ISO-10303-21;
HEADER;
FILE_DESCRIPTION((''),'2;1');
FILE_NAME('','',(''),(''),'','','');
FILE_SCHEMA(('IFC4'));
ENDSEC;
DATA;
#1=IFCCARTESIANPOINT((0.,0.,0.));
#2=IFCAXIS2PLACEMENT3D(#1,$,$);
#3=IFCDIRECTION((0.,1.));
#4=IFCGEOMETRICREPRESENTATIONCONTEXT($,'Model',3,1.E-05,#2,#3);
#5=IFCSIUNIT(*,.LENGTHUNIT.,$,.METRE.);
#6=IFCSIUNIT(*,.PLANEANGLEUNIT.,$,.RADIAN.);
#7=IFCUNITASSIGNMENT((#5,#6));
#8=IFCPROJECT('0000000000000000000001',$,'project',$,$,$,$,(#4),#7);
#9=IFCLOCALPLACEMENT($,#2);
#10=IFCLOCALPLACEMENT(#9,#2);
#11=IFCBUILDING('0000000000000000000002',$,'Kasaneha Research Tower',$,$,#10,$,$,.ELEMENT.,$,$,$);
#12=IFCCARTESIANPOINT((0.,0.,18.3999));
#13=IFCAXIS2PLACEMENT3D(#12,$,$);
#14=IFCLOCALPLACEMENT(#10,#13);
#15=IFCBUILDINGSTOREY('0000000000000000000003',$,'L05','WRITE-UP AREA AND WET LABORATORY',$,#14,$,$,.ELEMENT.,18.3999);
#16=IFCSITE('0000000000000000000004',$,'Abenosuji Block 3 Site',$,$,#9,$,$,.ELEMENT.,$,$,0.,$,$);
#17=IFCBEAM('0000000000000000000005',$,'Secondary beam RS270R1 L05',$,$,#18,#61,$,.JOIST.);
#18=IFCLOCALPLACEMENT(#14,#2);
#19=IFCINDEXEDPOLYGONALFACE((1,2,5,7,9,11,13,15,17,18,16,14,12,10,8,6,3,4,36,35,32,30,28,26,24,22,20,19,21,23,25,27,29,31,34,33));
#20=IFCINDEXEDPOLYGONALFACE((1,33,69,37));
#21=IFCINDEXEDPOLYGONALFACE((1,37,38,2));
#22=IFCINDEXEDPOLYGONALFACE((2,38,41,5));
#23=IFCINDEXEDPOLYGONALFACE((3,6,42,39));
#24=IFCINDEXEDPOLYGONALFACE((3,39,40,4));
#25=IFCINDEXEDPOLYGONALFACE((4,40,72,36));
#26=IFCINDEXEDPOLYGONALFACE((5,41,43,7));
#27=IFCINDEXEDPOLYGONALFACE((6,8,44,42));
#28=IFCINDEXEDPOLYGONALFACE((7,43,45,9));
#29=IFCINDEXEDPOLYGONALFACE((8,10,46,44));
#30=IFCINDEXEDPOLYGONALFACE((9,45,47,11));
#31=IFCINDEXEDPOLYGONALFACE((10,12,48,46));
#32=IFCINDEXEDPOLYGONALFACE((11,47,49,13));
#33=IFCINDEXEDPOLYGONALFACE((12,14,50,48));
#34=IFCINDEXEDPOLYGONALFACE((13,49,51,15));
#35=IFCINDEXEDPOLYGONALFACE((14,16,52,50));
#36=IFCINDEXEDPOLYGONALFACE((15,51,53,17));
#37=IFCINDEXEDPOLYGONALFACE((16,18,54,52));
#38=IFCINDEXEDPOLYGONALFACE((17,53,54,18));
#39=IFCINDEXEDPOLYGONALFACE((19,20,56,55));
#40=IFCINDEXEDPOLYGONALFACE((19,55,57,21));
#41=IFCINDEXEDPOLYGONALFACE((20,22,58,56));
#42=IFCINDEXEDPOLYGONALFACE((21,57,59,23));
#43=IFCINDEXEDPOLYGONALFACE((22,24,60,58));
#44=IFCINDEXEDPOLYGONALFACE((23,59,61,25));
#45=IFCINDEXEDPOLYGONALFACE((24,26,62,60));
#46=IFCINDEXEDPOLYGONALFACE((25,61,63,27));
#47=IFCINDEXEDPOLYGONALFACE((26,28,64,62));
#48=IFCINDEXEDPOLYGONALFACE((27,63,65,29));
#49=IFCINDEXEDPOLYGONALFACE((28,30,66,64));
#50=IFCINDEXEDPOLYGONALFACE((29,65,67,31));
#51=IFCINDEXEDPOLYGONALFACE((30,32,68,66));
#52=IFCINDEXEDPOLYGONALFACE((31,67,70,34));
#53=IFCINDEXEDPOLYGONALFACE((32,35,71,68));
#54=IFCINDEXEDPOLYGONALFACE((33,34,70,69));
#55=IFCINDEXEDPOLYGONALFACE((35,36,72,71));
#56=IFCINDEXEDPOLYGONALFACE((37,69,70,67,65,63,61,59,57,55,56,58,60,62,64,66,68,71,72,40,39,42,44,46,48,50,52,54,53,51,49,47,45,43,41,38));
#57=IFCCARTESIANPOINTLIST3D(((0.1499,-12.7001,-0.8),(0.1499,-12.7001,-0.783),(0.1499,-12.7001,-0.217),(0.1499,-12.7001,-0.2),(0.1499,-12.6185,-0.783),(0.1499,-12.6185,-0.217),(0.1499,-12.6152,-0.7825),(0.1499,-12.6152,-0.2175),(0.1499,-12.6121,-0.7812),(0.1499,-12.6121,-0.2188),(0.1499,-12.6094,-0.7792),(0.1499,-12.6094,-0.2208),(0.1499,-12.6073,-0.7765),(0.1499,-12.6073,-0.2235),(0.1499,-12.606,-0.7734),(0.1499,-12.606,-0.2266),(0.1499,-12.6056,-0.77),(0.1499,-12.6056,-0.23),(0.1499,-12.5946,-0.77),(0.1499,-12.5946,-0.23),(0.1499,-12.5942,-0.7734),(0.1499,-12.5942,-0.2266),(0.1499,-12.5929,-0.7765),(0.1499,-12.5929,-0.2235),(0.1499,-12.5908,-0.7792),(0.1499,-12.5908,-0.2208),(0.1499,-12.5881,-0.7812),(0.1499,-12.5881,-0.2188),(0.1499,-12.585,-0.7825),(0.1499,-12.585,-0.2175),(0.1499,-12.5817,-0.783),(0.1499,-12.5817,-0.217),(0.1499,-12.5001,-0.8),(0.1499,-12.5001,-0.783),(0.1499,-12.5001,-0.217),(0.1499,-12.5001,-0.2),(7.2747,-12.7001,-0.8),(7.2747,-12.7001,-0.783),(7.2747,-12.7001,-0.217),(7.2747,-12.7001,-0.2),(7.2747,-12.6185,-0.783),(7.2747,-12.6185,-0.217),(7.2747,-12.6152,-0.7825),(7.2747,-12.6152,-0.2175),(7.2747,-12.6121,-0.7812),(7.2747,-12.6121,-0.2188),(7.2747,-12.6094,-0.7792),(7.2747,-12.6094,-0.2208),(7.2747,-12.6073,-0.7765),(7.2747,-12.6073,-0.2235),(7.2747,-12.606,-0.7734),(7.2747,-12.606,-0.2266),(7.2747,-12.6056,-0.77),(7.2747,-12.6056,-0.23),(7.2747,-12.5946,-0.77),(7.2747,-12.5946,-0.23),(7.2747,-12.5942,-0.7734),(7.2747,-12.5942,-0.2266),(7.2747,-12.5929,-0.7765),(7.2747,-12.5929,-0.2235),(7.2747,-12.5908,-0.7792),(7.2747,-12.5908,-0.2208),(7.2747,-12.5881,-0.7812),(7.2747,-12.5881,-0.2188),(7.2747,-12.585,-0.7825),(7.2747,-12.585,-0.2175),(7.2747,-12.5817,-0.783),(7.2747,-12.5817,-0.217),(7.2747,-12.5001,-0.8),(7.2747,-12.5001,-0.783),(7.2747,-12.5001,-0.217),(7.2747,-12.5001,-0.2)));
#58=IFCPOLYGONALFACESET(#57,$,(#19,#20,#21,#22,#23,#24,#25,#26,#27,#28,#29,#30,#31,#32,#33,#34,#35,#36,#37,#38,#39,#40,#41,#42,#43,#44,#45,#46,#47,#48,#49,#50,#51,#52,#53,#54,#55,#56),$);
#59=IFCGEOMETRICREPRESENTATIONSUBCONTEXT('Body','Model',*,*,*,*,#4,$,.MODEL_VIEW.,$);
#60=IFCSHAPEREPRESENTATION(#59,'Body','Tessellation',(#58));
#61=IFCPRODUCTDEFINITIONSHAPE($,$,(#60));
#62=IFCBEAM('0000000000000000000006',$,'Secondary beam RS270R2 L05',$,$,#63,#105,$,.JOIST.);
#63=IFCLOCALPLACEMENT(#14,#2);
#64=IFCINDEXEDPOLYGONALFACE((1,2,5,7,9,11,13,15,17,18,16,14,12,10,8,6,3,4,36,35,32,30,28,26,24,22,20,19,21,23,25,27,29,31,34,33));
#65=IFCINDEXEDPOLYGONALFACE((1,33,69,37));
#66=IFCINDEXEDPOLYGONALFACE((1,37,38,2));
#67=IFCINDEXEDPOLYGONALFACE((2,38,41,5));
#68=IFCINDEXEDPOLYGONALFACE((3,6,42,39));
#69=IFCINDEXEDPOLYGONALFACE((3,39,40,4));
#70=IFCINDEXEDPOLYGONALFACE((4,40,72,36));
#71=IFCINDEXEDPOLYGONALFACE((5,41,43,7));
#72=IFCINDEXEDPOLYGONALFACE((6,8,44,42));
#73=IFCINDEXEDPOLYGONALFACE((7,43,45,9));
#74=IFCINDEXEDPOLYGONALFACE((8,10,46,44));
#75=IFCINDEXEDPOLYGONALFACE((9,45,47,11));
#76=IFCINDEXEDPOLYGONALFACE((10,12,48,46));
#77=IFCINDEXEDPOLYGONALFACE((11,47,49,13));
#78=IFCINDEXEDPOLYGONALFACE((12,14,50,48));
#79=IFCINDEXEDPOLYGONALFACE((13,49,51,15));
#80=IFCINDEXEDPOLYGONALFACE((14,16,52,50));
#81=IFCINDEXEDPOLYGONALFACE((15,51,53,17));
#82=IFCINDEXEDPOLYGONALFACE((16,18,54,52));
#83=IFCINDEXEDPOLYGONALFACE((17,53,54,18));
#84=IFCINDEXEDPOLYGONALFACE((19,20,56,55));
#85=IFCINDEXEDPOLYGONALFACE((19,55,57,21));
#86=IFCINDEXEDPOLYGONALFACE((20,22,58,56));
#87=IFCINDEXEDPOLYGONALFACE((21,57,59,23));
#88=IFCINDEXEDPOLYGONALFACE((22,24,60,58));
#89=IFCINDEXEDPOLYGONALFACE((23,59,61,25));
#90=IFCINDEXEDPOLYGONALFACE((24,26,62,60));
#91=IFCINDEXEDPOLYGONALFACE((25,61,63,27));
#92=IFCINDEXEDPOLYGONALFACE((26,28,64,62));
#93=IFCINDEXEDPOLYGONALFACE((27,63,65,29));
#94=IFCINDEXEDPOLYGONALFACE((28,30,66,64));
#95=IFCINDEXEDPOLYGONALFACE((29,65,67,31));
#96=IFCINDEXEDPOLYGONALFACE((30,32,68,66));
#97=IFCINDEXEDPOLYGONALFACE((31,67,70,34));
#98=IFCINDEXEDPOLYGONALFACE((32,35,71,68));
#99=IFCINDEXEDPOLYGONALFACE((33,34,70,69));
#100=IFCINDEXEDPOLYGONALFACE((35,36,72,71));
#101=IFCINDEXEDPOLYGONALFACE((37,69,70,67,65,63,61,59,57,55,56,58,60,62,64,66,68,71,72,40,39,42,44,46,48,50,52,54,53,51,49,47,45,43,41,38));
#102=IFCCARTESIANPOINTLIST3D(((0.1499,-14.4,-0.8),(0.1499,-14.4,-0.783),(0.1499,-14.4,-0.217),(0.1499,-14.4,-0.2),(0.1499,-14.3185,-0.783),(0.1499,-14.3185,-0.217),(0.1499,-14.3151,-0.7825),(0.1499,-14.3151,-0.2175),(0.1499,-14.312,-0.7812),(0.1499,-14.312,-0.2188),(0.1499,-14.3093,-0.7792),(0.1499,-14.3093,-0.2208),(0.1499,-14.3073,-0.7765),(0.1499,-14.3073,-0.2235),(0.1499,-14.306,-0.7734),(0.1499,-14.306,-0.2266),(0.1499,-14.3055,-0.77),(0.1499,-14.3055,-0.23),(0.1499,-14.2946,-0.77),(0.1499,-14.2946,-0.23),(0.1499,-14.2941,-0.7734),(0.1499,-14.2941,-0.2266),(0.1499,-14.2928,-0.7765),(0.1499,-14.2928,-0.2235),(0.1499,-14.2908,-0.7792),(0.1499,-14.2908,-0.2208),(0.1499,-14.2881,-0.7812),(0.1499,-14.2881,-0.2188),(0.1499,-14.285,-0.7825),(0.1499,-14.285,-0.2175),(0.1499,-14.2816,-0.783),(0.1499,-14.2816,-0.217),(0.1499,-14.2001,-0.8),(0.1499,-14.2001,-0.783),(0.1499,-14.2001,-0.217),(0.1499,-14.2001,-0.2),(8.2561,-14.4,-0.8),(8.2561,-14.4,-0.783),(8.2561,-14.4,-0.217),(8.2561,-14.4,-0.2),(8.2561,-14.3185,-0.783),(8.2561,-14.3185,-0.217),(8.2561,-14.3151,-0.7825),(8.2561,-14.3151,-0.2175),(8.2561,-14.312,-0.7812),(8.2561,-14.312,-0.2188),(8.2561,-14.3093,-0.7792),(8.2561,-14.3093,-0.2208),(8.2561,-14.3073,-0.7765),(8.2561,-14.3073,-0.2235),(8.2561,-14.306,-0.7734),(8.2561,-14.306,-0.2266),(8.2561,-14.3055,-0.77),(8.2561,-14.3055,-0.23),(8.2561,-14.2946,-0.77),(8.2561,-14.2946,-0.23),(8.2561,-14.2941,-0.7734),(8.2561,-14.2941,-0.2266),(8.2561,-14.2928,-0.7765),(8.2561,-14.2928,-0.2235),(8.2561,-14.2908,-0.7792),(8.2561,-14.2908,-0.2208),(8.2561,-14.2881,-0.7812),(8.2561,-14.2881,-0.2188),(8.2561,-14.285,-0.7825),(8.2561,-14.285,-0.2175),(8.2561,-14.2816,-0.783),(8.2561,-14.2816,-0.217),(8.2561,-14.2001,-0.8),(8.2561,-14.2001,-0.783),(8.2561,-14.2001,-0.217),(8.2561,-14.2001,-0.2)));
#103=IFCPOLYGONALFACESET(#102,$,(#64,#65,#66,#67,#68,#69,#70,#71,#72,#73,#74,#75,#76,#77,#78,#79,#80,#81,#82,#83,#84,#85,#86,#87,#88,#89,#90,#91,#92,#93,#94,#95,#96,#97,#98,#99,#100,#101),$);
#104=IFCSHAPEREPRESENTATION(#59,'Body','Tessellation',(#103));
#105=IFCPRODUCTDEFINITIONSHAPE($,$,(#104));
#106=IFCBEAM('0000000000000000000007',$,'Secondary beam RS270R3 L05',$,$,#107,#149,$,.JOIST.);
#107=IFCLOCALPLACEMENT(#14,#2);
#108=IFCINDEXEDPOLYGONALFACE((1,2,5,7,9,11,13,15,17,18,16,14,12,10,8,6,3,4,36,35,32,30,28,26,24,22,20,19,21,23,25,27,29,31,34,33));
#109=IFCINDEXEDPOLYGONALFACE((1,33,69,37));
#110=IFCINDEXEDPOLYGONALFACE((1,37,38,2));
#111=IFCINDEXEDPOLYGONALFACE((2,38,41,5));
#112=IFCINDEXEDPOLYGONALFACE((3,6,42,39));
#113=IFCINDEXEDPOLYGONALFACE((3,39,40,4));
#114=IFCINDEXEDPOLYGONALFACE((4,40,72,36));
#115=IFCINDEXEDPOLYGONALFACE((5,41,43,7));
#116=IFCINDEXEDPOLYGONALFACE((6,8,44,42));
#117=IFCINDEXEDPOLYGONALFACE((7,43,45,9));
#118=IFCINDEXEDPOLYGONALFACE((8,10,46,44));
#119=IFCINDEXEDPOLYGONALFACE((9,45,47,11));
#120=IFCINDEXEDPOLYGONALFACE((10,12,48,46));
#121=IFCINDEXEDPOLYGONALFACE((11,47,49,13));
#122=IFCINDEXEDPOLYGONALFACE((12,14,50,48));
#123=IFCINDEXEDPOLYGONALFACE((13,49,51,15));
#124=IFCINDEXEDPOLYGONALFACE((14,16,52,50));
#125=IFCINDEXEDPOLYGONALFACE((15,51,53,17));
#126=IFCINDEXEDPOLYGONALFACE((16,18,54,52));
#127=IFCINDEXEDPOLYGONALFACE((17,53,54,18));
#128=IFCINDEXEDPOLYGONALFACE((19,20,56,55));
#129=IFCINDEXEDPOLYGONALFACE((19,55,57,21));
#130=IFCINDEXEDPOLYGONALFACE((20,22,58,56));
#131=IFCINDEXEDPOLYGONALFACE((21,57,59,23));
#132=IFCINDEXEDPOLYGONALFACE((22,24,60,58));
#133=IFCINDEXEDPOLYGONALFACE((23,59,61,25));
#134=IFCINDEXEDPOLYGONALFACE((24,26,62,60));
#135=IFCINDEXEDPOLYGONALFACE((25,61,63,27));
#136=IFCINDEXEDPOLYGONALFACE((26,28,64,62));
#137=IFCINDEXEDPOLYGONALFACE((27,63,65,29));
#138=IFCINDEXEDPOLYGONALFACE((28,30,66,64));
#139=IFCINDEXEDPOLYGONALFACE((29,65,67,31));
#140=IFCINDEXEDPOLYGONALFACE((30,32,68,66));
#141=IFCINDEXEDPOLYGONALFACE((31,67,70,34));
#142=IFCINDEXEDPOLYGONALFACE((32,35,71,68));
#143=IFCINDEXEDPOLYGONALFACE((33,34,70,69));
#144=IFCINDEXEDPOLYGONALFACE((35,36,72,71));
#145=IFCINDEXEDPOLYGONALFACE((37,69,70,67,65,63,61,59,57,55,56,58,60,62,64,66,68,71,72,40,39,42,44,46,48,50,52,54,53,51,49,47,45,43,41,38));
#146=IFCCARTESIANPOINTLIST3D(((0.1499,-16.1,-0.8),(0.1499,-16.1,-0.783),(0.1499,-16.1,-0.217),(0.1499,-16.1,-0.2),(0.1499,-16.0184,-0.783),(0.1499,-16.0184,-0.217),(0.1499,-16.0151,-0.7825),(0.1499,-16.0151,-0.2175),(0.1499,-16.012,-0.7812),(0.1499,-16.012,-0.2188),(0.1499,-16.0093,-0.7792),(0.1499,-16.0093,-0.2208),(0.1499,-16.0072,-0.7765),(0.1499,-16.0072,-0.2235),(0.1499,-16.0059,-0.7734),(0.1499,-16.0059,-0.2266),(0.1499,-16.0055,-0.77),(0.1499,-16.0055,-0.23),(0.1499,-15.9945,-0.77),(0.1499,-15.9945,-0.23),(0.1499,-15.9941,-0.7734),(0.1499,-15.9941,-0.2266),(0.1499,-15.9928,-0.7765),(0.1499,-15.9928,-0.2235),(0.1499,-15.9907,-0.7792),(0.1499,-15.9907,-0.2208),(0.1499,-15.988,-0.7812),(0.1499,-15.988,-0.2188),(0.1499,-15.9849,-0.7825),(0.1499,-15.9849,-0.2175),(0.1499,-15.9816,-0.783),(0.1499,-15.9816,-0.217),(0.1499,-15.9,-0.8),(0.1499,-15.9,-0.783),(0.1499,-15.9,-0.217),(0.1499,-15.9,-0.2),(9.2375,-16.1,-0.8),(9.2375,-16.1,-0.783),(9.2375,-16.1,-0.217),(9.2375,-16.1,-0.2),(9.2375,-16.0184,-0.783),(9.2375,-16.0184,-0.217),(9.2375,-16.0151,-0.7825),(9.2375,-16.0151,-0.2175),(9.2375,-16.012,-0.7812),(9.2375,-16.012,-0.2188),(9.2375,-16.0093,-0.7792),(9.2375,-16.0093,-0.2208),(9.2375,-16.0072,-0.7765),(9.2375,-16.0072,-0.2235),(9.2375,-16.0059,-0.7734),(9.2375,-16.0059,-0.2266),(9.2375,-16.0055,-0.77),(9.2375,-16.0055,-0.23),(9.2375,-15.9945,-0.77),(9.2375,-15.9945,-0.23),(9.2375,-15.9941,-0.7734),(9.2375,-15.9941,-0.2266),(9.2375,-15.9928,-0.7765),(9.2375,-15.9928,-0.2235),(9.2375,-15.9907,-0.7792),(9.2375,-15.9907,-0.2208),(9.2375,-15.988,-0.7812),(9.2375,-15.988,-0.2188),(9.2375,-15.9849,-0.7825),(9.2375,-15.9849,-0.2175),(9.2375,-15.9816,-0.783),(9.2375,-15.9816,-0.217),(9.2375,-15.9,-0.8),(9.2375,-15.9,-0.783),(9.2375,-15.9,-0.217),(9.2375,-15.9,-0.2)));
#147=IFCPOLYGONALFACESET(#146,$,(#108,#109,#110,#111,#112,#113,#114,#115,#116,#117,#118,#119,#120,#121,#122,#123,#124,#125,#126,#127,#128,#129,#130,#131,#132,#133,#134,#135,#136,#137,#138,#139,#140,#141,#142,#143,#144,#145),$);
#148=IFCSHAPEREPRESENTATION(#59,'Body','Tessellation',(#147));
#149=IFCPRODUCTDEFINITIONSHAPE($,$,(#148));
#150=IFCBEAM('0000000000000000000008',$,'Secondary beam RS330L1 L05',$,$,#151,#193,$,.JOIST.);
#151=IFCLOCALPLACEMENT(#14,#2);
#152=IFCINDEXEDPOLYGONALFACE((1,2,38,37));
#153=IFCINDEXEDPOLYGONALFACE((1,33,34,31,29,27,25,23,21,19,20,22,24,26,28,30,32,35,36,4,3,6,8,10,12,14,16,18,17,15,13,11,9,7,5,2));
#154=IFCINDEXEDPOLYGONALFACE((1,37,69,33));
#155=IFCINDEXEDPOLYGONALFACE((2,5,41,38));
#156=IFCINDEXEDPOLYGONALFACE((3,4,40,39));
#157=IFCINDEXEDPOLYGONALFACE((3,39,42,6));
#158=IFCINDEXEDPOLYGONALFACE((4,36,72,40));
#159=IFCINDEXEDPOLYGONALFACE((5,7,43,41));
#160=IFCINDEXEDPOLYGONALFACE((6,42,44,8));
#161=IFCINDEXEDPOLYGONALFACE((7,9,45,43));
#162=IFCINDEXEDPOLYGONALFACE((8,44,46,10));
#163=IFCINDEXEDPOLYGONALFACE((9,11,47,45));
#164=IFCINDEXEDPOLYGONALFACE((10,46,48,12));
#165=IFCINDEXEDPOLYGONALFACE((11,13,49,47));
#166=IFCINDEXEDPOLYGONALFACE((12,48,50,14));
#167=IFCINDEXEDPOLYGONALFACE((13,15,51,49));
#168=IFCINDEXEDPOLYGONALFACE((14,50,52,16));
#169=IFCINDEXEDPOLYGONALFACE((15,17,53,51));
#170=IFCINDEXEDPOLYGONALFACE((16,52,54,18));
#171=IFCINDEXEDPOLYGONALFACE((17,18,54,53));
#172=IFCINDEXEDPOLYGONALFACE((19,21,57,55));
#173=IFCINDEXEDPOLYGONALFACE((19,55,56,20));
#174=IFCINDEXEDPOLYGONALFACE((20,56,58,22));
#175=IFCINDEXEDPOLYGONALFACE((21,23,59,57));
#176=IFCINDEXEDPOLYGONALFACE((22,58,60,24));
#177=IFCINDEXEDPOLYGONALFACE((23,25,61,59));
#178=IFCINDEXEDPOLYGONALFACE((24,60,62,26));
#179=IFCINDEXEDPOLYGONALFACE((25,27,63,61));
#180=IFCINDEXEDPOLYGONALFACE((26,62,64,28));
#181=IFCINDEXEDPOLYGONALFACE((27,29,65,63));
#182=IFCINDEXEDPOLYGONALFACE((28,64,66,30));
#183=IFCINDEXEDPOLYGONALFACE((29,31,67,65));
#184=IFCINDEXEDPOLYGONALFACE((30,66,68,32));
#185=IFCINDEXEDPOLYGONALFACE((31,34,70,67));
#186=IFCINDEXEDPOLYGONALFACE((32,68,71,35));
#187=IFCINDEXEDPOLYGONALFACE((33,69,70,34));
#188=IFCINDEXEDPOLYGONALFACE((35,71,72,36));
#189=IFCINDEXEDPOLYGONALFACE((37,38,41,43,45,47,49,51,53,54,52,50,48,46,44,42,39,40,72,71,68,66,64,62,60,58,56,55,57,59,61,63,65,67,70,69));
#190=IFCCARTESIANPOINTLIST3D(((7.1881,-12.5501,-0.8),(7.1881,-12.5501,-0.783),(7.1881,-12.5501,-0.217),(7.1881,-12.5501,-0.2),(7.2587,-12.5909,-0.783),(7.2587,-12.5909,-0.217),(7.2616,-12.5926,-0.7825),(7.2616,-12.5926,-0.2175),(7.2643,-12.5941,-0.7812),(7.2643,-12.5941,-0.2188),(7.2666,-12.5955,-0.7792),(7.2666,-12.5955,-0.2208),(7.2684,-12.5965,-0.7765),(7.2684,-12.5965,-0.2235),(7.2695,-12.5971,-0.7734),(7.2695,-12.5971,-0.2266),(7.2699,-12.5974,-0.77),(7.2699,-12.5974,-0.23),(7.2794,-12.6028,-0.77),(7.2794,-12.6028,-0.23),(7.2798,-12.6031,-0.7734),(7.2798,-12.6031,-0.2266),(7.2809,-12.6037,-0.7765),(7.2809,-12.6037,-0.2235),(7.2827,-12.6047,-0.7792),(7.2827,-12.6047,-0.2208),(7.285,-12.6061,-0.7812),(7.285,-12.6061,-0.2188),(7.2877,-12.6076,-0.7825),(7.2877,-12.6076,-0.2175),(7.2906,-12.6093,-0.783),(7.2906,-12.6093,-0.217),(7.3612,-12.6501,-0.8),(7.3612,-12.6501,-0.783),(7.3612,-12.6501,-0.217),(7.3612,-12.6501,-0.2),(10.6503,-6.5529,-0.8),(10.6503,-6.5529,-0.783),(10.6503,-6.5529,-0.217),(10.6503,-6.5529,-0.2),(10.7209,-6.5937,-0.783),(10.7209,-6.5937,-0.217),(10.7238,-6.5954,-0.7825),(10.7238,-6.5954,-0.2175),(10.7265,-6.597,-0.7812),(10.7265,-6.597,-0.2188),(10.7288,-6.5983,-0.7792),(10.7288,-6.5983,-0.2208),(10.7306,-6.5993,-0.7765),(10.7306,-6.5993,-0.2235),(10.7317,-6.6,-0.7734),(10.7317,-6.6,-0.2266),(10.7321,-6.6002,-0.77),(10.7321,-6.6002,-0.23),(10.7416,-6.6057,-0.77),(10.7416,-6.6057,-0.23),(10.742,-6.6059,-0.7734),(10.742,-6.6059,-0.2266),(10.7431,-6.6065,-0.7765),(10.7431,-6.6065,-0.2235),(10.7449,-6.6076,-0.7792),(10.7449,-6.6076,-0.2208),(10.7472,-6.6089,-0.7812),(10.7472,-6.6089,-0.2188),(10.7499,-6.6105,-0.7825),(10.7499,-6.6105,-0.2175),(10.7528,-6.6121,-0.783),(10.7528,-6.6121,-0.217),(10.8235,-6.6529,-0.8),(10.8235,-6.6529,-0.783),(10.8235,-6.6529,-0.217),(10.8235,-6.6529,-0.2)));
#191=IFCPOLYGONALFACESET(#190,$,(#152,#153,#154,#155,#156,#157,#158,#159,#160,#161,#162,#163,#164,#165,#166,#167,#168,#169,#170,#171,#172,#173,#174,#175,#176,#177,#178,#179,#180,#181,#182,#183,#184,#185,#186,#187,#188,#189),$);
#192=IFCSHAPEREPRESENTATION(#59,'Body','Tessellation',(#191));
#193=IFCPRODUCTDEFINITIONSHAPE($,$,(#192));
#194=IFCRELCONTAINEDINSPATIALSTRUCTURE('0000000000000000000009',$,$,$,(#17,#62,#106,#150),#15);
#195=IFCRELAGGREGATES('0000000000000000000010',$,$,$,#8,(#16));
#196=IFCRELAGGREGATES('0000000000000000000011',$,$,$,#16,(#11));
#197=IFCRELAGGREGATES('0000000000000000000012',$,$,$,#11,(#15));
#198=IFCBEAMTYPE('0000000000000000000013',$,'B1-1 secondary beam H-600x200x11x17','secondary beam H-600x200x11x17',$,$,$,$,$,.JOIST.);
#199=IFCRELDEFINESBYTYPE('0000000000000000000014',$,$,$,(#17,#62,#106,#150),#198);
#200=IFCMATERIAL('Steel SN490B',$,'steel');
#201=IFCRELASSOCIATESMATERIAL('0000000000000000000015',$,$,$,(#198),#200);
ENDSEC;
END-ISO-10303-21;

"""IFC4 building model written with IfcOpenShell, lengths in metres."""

from ifc_helpers import new_model, si_unit, direction, frame, origin, origin_2d, place, context, subcontext, project, spatial, i_section, extrude, material, material_profile, profile_set, type_object, element, save


model = new_model("IFC4")

# Units and contexts
model_context = context("Model", 3, precision=1e-05, world=origin(), true_north=direction((0.0, 1.0)))
body_context = subcontext(model_context, "Body", "Model", "MODEL_VIEW")
ifc_project = project(units=[si_unit("LENGTHUNIT", "METRE"), si_unit("PLANEANGLEUNIT", "RADIAN")], contexts=[model_context])

# Site, building, storey
site_placement = place(None, origin())
site = spatial("IfcSite", under=ifc_project, at=site_placement, Name="Abenosuji Block 3 Site", CompositionType="ELEMENT", RefElevation=0.0)
building_placement = place(site_placement, origin())
building = spatial("IfcBuilding", under=site, at=building_placement, Name="Kasaneha Research Tower", CompositionType="ELEMENT")
storey_placement = place(building_placement, frame((0.0, 0.0, 18.3999)))
storey = spatial("IfcBuildingStorey", under=building, at=storey_placement, Name="L05", Description="WRITE-UP AREA AND WET LABORATORY", CompositionType="ELEMENT", Elevation=18.3999)

# Beams
ifc_material_1 = material(Name="Steel SN490B", Category="steel")
ifc_material_profile_1 = material_profile(ifc_material_1, i_section(OverallWidth=0.2, OverallDepth=0.6001, WebThickness=0.011, FlangeThickness=0.0171, FilletRadius=0.0129, at=origin_2d()), Name="H-600x200x11x17")
ifc_profile_set_1 = profile_set([ifc_material_profile_1], Name="Steel SN490B")
beam_type_1 = type_object("IfcBeamType", Name="B1-1 secondary beam H-600x200x11x17", Description="secondary beam H-600x200x11x17", PredefinedType="JOIST", material=ifc_profile_set_1)
beam_1_placement = place(storey_placement, frame((7.2747, -12.6001, -0.5), z_axis=(-1.0, 0.0, 0.0), x_axis=(0.0, -1.0, 0.0)))
element("IfcBeam", 1, at=beam_1_placement, inside=storey, type_object=beam_type_1, Name="Secondary beam RS270R1 L05", PredefinedType="JOIST", context=body_context, shape_type="SweptSolid", body=[
    extrude(i_section(OverallWidth=0.2, OverallDepth=0.6001, WebThickness=0.011, FlangeThickness=0.0171, FilletRadius=0.0129, at=origin_2d()), origin(), (0.0, 0.0, 1.0), 7.1248),
])
beam_2_placement = place(storey_placement, frame((8.2561, -14.3, -0.5), z_axis=(-1.0, 0.0, 0.0), x_axis=(0.0, -1.0, 0.0)))
element("IfcBeam", 2, at=beam_2_placement, inside=storey, type_object=beam_type_1, Name="Secondary beam RS270R2 L05", PredefinedType="JOIST", context=body_context, shape_type="SweptSolid", body=[
    extrude(i_section(OverallWidth=0.2, OverallDepth=0.6001, WebThickness=0.011, FlangeThickness=0.0171, FilletRadius=0.0129, at=origin_2d()), origin(), (0.0, 0.0, 1.0), 8.1062),
])
beam_3_placement = place(storey_placement, frame((9.2375, -16.0, -0.5), z_axis=(-1.0, 0.0, 0.0), x_axis=(0.0, -1.0, 0.0)))
element("IfcBeam", 3, at=beam_3_placement, inside=storey, type_object=beam_type_1, Name="Secondary beam RS270R3 L05", PredefinedType="JOIST", context=body_context, shape_type="SweptSolid", body=[
    extrude(i_section(OverallWidth=0.2, OverallDepth=0.6001, WebThickness=0.011, FlangeThickness=0.0171, FilletRadius=0.0129, at=origin_2d()), origin(), (0.0, 0.0, 1.0), 9.0876),
])
beam_4_placement = place(storey_placement, frame((7.2747, -12.6001, -0.5), z_axis=(0.499973, 0.866041, 0.0), x_axis=(-0.866041, 0.499973, 0.0)))
element("IfcBeam", 4, at=beam_4_placement, inside=storey, type_object=beam_type_1, Name="Secondary beam RS330L1 L05", PredefinedType="JOIST", context=body_context, shape_type="SweptSolid", body=[
    extrude(i_section(OverallWidth=0.2, OverallDepth=0.6001, WebThickness=0.011, FlangeThickness=0.0171, FilletRadius=0.0129, at=origin_2d()), origin(), (0.0, 0.0, 1.0), 6.9248),
])

save(model, "model.ifc")
